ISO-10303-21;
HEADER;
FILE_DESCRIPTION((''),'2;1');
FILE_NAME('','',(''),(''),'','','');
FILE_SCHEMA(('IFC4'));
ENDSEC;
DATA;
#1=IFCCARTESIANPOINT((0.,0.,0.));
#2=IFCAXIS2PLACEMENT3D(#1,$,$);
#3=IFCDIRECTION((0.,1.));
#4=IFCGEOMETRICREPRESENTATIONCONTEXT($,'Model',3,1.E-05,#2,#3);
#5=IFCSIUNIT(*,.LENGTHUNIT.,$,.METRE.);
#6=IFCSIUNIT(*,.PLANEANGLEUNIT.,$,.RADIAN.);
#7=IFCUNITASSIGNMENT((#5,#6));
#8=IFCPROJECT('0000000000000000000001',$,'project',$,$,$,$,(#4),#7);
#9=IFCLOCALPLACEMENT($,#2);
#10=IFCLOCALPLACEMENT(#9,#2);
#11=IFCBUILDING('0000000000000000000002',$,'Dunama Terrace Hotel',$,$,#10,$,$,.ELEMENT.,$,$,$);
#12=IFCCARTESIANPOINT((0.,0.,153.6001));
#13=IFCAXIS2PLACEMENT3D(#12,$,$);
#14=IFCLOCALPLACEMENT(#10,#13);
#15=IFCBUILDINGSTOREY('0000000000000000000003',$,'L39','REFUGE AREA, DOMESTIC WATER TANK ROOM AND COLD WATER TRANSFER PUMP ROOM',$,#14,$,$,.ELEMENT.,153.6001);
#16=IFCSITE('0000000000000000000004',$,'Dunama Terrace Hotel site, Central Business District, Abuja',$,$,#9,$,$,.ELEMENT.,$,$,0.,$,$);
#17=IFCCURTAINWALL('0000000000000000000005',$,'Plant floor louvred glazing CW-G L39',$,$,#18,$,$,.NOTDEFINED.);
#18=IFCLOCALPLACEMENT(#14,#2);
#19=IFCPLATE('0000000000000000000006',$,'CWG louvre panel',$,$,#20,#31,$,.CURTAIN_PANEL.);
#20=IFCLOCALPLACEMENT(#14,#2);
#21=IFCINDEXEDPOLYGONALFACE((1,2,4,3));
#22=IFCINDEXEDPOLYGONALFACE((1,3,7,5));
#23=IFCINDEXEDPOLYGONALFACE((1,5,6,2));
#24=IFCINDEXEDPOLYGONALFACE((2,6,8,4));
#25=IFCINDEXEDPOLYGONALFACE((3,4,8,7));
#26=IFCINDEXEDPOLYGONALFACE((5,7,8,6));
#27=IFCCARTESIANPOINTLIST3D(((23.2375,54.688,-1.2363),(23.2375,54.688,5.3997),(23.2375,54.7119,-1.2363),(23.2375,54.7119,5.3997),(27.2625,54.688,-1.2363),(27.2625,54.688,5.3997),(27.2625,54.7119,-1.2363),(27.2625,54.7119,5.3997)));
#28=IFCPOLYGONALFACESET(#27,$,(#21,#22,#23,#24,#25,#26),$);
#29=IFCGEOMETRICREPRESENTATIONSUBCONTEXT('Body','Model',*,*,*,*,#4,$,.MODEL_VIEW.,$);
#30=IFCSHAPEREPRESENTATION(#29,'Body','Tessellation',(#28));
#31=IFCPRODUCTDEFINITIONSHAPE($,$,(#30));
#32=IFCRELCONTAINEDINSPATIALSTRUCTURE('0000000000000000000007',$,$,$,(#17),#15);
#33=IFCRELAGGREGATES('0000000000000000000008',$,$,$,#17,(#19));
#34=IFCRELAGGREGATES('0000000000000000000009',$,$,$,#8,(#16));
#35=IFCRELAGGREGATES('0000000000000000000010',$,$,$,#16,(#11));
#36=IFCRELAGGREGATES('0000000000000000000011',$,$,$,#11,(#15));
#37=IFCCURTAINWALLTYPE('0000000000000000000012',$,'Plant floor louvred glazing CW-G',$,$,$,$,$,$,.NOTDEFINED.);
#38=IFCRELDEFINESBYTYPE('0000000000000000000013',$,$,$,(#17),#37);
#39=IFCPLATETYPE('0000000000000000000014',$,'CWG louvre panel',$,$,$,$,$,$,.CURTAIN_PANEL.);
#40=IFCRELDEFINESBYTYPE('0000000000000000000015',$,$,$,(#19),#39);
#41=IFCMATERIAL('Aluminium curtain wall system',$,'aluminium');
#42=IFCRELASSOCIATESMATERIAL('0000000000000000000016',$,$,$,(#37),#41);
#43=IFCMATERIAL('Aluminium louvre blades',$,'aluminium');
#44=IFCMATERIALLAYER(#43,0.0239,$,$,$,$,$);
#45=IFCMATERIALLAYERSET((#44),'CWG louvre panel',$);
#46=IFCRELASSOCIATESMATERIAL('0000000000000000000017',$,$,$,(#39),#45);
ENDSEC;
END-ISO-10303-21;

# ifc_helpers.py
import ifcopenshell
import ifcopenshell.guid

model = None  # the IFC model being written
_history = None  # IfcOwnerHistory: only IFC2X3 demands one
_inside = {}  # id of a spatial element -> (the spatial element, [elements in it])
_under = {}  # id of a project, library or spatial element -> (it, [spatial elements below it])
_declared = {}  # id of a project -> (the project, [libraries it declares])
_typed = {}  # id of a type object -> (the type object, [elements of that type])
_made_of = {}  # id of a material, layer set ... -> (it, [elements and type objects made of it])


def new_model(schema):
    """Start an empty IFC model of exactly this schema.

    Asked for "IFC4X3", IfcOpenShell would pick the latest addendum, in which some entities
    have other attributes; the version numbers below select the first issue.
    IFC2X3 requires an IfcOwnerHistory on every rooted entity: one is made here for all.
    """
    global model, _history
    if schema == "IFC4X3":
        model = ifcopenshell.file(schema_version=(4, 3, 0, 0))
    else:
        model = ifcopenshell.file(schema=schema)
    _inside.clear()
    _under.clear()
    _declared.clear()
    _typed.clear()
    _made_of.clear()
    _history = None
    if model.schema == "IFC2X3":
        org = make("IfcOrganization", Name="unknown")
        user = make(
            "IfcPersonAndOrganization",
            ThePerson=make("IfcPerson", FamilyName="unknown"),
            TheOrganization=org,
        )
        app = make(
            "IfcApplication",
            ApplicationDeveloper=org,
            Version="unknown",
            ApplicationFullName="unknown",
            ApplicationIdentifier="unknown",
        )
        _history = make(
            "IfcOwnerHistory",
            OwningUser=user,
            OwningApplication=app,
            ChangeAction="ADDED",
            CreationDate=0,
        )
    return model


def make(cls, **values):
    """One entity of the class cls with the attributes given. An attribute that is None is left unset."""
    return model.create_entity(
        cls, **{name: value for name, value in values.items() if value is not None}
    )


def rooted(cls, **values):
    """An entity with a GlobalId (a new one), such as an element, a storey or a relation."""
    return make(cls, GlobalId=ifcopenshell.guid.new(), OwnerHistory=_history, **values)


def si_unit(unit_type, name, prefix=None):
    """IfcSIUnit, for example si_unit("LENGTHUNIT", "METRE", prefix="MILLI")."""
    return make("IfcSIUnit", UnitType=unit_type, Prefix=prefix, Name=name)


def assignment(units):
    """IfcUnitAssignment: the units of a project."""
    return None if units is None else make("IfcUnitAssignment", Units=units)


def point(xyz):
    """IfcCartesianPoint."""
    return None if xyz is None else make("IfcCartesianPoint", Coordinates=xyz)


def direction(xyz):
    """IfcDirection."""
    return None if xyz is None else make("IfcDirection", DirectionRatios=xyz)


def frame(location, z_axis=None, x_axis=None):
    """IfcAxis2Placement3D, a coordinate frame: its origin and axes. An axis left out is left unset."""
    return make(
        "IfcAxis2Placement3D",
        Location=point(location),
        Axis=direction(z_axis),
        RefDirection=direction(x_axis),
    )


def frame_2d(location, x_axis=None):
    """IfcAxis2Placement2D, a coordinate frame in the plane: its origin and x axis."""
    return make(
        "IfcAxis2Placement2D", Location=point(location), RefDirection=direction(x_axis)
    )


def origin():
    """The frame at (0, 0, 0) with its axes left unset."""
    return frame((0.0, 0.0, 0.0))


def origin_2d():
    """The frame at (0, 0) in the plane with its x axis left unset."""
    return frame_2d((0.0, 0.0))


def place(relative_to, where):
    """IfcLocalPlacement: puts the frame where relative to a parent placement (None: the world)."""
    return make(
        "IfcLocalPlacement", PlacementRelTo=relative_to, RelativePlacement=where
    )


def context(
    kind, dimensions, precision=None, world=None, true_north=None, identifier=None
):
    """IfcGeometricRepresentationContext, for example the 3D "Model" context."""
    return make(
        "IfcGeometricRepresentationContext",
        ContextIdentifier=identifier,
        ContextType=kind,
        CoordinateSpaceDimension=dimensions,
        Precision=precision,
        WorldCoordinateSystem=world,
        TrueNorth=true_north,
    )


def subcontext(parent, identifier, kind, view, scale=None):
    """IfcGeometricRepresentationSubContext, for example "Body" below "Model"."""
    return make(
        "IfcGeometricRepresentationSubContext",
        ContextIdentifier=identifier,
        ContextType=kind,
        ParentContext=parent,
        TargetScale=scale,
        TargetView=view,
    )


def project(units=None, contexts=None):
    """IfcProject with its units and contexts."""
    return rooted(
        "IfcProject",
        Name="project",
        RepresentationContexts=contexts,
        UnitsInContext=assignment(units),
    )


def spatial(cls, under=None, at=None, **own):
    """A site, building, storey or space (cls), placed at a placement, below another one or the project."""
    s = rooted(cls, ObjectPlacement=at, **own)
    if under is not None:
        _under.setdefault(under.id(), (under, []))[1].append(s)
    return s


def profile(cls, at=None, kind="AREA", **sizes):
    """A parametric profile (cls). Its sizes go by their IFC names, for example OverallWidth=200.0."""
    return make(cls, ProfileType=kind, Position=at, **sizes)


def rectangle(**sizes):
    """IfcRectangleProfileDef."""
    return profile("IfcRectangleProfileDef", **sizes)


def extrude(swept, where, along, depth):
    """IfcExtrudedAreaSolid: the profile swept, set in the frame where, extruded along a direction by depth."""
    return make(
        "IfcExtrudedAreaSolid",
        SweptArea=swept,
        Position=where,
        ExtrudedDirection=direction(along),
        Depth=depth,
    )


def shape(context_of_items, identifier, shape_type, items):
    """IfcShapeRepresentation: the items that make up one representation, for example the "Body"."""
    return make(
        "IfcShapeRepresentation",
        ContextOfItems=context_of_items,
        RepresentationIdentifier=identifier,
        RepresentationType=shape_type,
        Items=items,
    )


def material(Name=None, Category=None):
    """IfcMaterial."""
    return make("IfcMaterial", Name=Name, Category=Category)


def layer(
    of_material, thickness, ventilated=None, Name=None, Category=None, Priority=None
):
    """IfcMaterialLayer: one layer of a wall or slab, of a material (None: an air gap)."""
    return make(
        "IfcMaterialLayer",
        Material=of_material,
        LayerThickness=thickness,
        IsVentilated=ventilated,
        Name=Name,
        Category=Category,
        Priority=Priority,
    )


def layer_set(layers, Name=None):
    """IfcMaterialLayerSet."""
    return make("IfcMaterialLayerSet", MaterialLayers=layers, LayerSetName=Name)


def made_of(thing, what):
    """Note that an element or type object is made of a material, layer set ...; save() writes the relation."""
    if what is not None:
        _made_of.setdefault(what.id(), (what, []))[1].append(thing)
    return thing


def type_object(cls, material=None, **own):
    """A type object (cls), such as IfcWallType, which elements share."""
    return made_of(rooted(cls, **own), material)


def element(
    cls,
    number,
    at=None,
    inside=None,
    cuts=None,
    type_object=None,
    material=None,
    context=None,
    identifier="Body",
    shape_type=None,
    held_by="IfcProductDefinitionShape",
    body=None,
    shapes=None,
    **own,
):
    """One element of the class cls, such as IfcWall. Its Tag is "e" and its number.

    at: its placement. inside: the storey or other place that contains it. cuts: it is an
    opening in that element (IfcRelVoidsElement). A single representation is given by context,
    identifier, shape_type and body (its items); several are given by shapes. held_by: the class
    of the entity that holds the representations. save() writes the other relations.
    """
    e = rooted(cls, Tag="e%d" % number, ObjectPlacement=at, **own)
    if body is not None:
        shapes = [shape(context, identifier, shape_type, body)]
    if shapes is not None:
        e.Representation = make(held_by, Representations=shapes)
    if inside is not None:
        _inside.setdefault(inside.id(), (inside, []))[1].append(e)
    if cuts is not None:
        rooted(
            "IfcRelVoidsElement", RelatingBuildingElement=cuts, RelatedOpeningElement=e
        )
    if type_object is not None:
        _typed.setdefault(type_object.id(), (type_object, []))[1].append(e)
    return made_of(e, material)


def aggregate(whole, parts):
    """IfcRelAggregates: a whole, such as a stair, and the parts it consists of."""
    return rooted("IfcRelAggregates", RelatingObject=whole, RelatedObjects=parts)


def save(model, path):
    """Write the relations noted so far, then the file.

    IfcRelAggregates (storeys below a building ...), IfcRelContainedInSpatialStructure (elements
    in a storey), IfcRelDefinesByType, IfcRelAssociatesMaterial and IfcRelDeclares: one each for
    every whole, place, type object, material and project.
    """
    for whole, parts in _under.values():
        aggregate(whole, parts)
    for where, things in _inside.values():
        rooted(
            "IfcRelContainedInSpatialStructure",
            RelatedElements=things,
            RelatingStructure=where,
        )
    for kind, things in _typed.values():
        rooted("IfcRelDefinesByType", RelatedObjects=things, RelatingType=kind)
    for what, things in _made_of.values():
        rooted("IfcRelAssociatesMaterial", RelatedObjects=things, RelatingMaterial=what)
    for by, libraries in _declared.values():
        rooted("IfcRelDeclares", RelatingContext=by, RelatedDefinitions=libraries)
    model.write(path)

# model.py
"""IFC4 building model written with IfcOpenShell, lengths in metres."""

from ifc_helpers import new_model, si_unit, direction, frame, origin, origin_2d, place, context, subcontext, project, spatial, rectangle, extrude, material, layer, layer_set, type_object, element, aggregate, save


model = new_model("IFC4")

# Units and contexts
model_context = context("Model", 3, precision=1e-05, world=origin(), true_north=direction((0.0, 1.0)))
body_context = subcontext(model_context, "Body", "Model", "MODEL_VIEW")
ifc_project = project(units=[si_unit("LENGTHUNIT", "METRE"), si_unit("PLANEANGLEUNIT", "RADIAN")], contexts=[model_context])

# Site, building, storey
site_placement = place(None, origin())
site = spatial("IfcSite", under=ifc_project, at=site_placement, Name="Dunama Terrace Hotel site, Central Business District, Abuja", CompositionType="ELEMENT", RefElevation=0.0)
building_placement = place(site_placement, origin())
building = spatial("IfcBuilding", under=site, at=building_placement, Name="Dunama Terrace Hotel", CompositionType="ELEMENT")
storey_placement = place(building_placement, frame((0.0, 0.0, 153.6001)))
storey = spatial("IfcBuildingStorey", under=building, at=storey_placement, Name="L39", Description="REFUGE AREA, DOMESTIC WATER TANK ROOM AND COLD WATER TRANSFER PUMP ROOM", CompositionType="ELEMENT", Elevation=153.6001)

# Curtain wall
ifc_material_1 = material(Name="Aluminium curtain wall system", Category="aluminium")
curtain_wall_type = type_object("IfcCurtainWallType", Name="Plant floor louvred glazing CW-G", PredefinedType="NOTDEFINED", material=ifc_material_1)
curtain_wall_placement = place(storey_placement, origin())
curtain_wall = element("IfcCurtainWall", 1, at=curtain_wall_placement, inside=storey, type_object=curtain_wall_type, Name="Plant floor louvred glazing CW-G L39", PredefinedType="NOTDEFINED")

# Plate
ifc_material_2 = material(Name="Aluminium louvre blades", Category="aluminium")
ifc_layer = layer(ifc_material_2, 0.0239)
ifc_layer_set = layer_set([ifc_layer], Name="CWG louvre panel")
plate_type = type_object("IfcPlateType", Name="CWG louvre panel", PredefinedType="CURTAIN_PANEL", material=ifc_layer_set)
plate_1_placement = place(storey_placement, frame((25.25, 54.7, -1.2363), z_axis=(0.0, 0.0, 1.0), x_axis=(-1.0, 0.0, 0.0)))
plate_1 = element("IfcPlate", 2, at=plate_1_placement, type_object=plate_type, Name="CWG louvre panel", PredefinedType="CURTAIN_PANEL", context=body_context, shape_type="SweptSolid", body=[
    extrude(rectangle(XDim=4.0249, YDim=0.0239, at=origin_2d()), origin(), (0.0, 0.0, 1.0), 6.636),
])
aggregate(curtain_wall, [plate_1])

save(model, "model.ifc")
